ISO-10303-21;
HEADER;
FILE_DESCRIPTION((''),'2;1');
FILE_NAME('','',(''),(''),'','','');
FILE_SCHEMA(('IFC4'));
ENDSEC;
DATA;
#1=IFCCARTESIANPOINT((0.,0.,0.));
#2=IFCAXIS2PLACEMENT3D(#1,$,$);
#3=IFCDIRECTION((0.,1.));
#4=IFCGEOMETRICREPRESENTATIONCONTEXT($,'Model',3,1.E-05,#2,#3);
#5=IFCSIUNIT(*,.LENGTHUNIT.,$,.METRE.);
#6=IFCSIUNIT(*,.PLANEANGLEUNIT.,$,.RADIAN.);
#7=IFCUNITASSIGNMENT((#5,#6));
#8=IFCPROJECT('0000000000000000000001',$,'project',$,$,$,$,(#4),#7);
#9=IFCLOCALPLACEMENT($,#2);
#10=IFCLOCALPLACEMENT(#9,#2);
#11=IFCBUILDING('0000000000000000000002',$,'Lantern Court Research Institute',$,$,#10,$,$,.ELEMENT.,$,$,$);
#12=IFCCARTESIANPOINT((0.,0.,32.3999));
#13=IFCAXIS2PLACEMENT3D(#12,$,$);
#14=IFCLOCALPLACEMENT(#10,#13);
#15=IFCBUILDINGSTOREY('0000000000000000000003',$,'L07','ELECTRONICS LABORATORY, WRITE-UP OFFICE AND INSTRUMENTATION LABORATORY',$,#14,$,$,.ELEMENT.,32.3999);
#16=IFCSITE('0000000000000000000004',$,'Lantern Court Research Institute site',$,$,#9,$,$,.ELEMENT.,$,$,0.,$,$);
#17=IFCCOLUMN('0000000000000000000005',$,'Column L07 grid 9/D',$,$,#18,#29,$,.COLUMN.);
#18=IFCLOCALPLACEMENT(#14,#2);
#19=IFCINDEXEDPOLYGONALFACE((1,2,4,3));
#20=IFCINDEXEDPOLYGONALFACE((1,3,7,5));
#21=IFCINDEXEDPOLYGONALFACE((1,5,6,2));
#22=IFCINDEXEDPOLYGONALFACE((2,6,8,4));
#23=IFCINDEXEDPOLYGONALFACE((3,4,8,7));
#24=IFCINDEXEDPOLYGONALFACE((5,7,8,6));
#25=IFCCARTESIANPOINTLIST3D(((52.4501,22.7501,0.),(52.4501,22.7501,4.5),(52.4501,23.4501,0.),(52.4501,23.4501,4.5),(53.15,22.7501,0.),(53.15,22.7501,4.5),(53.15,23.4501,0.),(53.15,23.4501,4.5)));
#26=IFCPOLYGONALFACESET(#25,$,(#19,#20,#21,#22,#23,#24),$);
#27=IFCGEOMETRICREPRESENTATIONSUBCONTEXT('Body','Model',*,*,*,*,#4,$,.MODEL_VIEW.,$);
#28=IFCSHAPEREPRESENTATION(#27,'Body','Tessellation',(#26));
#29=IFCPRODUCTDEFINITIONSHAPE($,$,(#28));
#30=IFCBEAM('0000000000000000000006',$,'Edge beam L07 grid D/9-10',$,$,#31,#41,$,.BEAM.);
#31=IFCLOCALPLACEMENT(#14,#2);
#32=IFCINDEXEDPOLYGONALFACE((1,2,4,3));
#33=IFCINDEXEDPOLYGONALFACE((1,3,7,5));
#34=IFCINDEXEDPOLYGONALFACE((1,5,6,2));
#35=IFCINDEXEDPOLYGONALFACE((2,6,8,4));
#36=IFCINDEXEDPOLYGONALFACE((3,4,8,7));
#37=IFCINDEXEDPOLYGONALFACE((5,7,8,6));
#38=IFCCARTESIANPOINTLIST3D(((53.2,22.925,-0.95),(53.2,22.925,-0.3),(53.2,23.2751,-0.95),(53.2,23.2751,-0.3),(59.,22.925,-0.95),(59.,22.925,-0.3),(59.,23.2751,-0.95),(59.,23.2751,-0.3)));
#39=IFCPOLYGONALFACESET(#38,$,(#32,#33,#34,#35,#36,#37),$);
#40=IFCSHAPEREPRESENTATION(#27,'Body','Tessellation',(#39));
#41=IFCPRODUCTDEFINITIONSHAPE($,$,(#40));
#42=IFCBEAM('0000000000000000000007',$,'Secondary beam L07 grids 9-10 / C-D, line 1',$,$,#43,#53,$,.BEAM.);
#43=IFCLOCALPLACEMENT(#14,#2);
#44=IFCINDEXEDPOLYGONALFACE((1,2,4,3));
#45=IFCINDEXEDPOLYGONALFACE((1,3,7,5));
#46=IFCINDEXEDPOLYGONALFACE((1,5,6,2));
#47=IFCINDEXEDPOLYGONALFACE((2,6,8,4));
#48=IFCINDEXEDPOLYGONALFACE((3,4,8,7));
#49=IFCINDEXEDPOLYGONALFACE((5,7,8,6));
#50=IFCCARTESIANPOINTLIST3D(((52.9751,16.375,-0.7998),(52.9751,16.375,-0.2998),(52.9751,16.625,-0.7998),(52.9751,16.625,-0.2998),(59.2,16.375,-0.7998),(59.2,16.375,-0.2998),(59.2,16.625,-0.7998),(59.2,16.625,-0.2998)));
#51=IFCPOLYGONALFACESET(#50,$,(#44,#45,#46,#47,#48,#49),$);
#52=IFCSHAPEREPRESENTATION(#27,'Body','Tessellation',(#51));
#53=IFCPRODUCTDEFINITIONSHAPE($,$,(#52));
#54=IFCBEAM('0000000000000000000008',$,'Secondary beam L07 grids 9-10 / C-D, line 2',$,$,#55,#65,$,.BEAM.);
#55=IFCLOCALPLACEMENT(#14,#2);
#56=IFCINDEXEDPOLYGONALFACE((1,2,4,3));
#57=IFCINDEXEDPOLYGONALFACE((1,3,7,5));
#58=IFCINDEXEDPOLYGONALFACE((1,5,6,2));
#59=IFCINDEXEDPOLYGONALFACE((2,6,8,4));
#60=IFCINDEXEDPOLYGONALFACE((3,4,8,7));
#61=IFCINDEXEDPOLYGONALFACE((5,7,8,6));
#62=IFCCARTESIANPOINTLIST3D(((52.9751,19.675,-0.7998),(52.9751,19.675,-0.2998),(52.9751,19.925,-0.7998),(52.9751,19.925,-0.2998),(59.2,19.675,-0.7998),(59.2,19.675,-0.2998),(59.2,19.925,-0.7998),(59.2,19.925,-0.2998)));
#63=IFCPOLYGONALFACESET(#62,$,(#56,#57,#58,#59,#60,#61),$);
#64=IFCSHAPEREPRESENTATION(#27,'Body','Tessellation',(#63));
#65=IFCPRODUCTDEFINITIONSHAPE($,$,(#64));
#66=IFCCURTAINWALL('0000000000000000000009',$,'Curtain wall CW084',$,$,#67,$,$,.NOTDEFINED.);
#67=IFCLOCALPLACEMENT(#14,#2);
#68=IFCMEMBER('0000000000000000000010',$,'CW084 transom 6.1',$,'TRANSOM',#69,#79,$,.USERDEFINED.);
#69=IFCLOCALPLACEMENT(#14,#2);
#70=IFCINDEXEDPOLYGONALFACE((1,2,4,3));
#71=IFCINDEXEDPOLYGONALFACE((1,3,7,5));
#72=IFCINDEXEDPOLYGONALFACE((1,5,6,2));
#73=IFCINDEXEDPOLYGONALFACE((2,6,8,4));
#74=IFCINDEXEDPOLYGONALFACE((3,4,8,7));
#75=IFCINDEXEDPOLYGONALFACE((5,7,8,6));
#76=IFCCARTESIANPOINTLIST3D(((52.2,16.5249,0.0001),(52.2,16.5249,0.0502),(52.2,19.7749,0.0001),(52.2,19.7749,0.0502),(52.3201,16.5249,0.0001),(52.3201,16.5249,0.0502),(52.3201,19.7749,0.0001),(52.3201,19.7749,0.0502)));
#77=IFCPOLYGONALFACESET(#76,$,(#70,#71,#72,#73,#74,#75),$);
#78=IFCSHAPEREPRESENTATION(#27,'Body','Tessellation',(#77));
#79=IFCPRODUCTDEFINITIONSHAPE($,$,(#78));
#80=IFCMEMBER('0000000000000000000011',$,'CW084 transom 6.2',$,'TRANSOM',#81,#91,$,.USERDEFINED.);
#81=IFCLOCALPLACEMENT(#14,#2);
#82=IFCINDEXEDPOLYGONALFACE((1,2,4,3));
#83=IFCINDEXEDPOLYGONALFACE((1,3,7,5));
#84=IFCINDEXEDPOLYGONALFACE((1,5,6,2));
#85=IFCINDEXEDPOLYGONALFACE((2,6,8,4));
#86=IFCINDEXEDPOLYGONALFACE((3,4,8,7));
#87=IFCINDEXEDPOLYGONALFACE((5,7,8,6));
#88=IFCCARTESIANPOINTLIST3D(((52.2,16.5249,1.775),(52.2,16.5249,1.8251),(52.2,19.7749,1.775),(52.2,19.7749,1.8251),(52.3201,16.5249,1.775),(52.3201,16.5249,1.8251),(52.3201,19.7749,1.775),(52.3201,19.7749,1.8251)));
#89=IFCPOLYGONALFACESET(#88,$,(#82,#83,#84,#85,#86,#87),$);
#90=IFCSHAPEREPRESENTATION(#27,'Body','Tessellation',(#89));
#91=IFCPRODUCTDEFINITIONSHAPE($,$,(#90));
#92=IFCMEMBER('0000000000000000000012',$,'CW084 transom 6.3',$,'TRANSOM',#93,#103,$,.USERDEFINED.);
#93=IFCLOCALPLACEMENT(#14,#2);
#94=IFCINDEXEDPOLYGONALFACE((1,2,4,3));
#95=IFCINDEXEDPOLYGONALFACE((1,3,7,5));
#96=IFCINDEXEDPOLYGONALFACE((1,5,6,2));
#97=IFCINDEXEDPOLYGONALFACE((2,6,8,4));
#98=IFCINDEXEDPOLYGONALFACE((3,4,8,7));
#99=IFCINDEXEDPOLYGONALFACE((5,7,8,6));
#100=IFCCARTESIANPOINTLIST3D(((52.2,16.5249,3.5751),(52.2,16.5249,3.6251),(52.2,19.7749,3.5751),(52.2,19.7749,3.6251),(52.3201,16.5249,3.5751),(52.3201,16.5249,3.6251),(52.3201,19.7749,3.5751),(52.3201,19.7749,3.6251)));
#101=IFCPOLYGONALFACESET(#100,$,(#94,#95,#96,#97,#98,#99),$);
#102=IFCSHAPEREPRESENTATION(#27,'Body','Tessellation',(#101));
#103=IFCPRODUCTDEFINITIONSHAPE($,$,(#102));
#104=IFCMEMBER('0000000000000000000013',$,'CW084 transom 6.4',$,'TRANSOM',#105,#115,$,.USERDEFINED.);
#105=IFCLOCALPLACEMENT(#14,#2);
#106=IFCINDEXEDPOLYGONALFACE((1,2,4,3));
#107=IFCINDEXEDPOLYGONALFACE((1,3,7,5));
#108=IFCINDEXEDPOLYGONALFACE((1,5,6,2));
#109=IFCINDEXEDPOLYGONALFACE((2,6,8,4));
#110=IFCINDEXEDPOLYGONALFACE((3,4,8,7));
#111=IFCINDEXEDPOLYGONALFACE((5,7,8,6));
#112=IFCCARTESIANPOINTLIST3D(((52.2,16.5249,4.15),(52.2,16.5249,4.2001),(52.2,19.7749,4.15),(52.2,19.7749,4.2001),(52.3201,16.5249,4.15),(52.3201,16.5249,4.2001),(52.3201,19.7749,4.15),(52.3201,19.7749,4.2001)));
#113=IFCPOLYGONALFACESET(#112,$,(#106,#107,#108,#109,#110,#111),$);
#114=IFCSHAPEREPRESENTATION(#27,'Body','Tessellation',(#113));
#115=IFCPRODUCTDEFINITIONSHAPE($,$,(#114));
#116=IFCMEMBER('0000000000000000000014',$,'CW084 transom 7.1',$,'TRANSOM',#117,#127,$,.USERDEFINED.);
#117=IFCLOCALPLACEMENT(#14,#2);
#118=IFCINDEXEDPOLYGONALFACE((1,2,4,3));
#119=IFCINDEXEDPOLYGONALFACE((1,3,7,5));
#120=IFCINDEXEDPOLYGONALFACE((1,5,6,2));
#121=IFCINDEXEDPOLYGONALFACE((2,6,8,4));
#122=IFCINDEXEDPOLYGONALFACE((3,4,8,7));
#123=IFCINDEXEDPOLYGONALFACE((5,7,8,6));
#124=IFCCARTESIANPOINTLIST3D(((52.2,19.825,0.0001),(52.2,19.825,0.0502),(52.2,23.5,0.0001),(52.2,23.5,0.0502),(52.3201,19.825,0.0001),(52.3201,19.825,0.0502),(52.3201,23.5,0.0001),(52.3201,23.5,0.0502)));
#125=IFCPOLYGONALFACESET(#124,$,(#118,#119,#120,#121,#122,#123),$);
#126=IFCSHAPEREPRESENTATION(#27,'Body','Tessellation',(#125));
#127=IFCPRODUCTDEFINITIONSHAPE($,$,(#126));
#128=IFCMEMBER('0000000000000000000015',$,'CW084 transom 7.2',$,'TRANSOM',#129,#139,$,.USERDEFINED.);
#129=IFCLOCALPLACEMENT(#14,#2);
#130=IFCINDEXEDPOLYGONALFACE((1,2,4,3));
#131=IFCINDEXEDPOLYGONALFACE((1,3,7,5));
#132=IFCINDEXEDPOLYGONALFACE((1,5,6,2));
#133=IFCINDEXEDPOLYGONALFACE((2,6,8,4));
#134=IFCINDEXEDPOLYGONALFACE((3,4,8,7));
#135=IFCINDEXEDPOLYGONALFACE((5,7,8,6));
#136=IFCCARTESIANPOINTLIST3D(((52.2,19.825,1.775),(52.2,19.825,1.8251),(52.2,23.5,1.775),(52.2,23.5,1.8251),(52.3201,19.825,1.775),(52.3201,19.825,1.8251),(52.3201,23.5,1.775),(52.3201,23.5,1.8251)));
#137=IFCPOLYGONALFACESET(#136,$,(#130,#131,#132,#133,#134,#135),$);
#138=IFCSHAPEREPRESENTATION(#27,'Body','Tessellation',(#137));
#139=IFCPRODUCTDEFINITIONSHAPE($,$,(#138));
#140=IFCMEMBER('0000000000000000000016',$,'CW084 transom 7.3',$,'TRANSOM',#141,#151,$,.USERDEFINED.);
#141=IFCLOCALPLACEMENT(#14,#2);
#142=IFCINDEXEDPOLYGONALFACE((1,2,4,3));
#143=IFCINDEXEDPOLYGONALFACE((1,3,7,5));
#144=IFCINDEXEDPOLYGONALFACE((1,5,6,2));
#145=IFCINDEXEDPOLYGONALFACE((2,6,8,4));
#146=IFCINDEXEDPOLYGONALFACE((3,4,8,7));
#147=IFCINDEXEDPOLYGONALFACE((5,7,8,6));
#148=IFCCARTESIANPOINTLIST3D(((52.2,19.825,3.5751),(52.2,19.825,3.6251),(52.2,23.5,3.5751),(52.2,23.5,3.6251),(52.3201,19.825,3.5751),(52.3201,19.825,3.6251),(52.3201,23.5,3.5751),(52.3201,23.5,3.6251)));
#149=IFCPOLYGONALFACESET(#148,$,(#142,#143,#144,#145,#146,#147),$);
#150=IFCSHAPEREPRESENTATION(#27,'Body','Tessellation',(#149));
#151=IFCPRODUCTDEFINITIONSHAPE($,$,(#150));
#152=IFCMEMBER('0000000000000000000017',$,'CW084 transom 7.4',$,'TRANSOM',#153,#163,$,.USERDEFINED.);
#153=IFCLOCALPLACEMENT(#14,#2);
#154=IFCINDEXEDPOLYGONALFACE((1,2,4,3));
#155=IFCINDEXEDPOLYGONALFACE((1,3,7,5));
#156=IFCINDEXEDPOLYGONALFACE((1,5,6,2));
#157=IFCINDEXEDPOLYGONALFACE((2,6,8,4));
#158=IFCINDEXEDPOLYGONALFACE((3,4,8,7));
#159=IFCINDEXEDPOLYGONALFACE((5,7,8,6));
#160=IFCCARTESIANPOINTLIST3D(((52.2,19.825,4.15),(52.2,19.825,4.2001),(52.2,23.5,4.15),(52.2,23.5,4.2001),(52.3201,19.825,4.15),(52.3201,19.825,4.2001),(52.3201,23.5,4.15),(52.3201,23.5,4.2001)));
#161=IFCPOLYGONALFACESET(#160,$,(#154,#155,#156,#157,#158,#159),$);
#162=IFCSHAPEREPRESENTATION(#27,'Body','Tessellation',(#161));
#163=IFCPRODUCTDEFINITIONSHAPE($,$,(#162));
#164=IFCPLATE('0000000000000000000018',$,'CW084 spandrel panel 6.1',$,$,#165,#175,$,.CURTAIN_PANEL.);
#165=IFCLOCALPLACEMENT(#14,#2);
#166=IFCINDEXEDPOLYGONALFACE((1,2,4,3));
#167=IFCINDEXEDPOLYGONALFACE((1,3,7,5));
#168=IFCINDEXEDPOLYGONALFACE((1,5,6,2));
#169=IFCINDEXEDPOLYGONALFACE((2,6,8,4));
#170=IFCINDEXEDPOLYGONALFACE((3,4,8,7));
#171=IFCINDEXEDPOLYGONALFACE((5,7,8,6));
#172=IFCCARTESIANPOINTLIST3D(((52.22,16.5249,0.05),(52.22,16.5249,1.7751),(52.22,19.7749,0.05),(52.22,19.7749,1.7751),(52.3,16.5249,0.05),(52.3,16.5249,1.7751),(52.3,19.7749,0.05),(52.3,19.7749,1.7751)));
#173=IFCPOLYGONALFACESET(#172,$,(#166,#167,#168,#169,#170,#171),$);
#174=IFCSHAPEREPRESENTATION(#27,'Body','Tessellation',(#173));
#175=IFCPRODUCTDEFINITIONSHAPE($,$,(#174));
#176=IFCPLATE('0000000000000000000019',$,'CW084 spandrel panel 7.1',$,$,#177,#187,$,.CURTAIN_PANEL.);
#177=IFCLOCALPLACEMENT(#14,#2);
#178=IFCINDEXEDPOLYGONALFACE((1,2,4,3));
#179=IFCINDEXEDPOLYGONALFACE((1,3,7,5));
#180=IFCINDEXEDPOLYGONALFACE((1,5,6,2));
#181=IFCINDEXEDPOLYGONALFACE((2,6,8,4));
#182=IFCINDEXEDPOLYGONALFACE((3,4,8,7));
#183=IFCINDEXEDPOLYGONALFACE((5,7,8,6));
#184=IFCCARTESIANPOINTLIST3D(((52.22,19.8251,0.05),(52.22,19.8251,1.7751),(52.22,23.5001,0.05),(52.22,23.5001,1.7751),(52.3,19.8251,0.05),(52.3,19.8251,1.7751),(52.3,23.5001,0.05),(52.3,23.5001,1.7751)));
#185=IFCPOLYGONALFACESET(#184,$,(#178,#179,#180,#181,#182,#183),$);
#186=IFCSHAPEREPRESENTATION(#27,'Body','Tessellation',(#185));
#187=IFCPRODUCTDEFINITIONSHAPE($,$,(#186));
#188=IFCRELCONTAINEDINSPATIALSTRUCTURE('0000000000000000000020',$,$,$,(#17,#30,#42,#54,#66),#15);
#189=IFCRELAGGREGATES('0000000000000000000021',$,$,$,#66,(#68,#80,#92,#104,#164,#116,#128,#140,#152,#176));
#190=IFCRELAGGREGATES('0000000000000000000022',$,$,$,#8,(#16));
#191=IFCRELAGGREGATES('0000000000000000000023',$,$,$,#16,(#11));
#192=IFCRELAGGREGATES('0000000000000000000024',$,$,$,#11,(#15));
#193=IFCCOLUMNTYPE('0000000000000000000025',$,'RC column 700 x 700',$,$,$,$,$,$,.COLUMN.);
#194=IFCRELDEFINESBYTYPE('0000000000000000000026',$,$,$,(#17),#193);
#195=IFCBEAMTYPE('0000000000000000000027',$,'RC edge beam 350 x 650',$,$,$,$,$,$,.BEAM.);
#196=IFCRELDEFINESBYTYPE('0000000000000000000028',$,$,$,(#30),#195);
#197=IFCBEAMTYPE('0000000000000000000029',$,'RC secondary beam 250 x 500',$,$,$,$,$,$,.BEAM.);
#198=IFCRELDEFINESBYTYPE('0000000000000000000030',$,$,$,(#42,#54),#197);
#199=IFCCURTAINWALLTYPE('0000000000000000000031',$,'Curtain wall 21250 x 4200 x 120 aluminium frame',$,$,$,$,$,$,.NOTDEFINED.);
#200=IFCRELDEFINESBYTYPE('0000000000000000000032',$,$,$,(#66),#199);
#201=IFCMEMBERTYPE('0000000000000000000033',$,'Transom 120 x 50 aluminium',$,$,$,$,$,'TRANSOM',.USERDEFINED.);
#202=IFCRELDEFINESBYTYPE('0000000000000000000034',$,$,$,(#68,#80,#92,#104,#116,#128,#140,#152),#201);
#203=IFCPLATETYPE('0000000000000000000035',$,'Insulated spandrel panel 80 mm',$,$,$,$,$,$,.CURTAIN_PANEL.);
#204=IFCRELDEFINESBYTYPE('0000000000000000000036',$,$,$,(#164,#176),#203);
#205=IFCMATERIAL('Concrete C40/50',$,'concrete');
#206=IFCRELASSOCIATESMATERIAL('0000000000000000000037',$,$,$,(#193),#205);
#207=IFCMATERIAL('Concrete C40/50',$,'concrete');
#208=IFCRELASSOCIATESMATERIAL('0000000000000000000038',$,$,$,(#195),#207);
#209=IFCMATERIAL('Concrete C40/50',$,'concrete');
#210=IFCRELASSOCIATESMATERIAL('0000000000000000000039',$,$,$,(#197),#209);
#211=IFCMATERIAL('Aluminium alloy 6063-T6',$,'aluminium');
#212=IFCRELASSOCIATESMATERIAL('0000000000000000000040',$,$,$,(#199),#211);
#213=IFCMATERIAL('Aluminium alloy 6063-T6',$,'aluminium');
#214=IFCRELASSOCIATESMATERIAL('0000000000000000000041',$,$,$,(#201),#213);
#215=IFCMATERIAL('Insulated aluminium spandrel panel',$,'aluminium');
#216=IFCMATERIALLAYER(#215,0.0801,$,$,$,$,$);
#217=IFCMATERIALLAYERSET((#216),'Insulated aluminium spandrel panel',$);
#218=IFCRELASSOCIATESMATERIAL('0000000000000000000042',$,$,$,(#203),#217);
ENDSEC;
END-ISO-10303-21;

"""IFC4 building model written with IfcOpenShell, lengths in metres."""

from ifc_helpers import new_model, si_unit, direction, frame, origin, origin_2d, place, context, subcontext, project, spatial, rectangle, extrude, material, layer, layer_set, material_profile, profile_set, type_object, element, aggregate, save


model = new_model("IFC4")

# Units and contexts
model_context = context("Model", 3, precision=1e-05, world=origin(), true_north=direction((0.0, 1.0)))
body_context = subcontext(model_context, "Body", "Model", "MODEL_VIEW")
ifc_project = project(units=[si_unit("LENGTHUNIT", "METRE"), si_unit("PLANEANGLEUNIT", "RADIAN")], contexts=[model_context])

# Site, building, storey
site_placement = place(None, origin())
site = spatial("IfcSite", under=ifc_project, at=site_placement, Name="Lantern Court Research Institute site", CompositionType="ELEMENT", RefElevation=0.0)
building_placement = place(site_placement, origin())
building = spatial("IfcBuilding", under=site, at=building_placement, Name="Lantern Court Research Institute", CompositionType="ELEMENT")
storey_placement = place(building_placement, frame((0.0, 0.0, 32.3999)))
storey = spatial("IfcBuildingStorey", under=building, at=storey_placement, Name="L07", Description="ELECTRONICS LABORATORY, WRITE-UP OFFICE AND INSTRUMENTATION LABORATORY", CompositionType="ELEMENT", Elevation=32.3999)

# Column
ifc_material_1 = material(Name="Concrete C40/50", Category="concrete")
ifc_material_profile_1 = material_profile(ifc_material_1, rectangle(XDim=0.7, YDim=0.7, at=origin_2d()), Name="RC column 700 x 700")
ifc_profile_set_1 = profile_set([ifc_material_profile_1], Name="Concrete C40/50")
column_type = type_object("IfcColumnType", Name="RC column 700 x 700", PredefinedType="COLUMN", material=ifc_profile_set_1)
column_placement = place(storey_placement, frame((52.8, 23.1001, 0.0), z_axis=(0.0, 0.0, 1.0), x_axis=(1.0, 0.0, 0.0)))
element("IfcColumn", 1, at=column_placement, inside=storey, type_object=column_type, Name="Column L07 grid 9/D", PredefinedType="COLUMN", context=body_context, shape_type="SweptSolid", body=[
    extrude(rectangle(XDim=0.7, YDim=0.7, at=origin_2d()), origin(), (0.0, 0.0, 1.0), 4.5),
])

# Beams
ifc_material_2 = material(Name="Concrete C40/50", Category="concrete")
ifc_material_profile_2 = material_profile(ifc_material_2, rectangle(XDim=0.3501, YDim=0.6499, at=origin_2d()), Name="RC beam 350 x 650")
ifc_profile_set_2 = profile_set([ifc_material_profile_2], Name="Concrete C40/50")
beam_type_1 = type_object("IfcBeamType", Name="RC edge beam 350 x 650", PredefinedType="BEAM", material=ifc_profile_set_2)
beam_placement = place(storey_placement, frame((53.2, 23.1001, -0.625), z_axis=(1.0, 0.0, 0.0), x_axis=(0.0, 1.0, 0.0)))
element("IfcBeam", 2, at=beam_placement, inside=storey, type_object=beam_type_1, Name="Edge beam L07 grid D/9-10", PredefinedType="BEAM", context=body_context, shape_type="SweptSolid", body=[
    extrude(rectangle(XDim=0.3501, YDim=0.6499, at=origin_2d()), origin(), (0.0, 0.0, 1.0), 5.8),
])
ifc_material_3 = material(Name="Concrete C40/50", Category="concrete")
ifc_material_profile_3 = material_profile(ifc_material_3, rectangle(XDim=0.25, YDim=0.5, at=origin_2d()), Name="RC beam 250 x 500")
ifc_profile_set_3 = profile_set([ifc_material_profile_3], Name="Concrete C40/50")
beam_type_2 = type_object("IfcBeamType", Name="RC secondary beam 250 x 500", PredefinedType="BEAM", material=ifc_profile_set_3)
for number, where, z_axis, x_axis, name in (
    (3, (52.9751, 16.5, -0.5498), (1.0, 0.0, 0.0), (0.0, 1.0, 0.0), "Secondary beam L07 grids 9-10 / C-D, line 1"),
    (4, (52.9751, 19.8, -0.5498), (1.0, 0.0, 0.0), (0.0, 1.0, 0.0), "Secondary beam L07 grids 9-10 / C-D, line 2"),
):
    element("IfcBeam", number, at=place(storey_placement, frame(where, z_axis=z_axis, x_axis=x_axis)), inside=storey, type_object=beam_type_2, Name=name, PredefinedType="BEAM", context=body_context, shape_type="SweptSolid", body=[
        extrude(rectangle(XDim=0.25, YDim=0.5, at=origin_2d()), origin(), (0.0, 0.0, 1.0), 6.2249),
    ])

# Curtain wall, members, plates
ifc_material_4 = material(Name="Aluminium alloy 6063-T6", Category="aluminium")
curtain_wall_type = type_object("IfcCurtainWallType", Name="Curtain wall 21250 x 4200 x 120 aluminium frame", PredefinedType="NOTDEFINED", material=ifc_material_4)
curtain_wall_placement = place(storey_placement, origin())
curtain_wall = element("IfcCurtainWall", 5, at=curtain_wall_placement, inside=storey, type_object=curtain_wall_type, Name="Curtain wall CW084", PredefinedType="NOTDEFINED")
ifc_material_5 = material(Name="Aluminium alloy 6063-T6", Category="aluminium")
ifc_material_profile_4 = material_profile(ifc_material_5, rectangle(XDim=0.1201, YDim=0.05, at=origin_2d()), Name="Transom 120 x 50")
ifc_profile_set_4 = profile_set([ifc_material_profile_4], Name="Aluminium alloy 6063-T6")
member_type = type_object("IfcMemberType", Name="Transom 120 x 50 aluminium", ElementType="TRANSOM", PredefinedType="USERDEFINED", material=ifc_profile_set_4)
member_1_placement = place(storey_placement, frame((52.26, 16.5249, 0.0251), z_axis=(0.0, 1.0, 0.0), x_axis=(-1.0, 0.0, 0.0)))
member_1 = element("IfcMember", 6, at=member_1_placement, type_object=member_type, Name="CW084 transom 6.1", ObjectType="TRANSOM", PredefinedType="USERDEFINED", context=body_context, shape_type="SweptSolid", body=[
    extrude(rectangle(XDim=0.1201, YDim=0.05, at=origin_2d()), origin(), (0.0, 0.0, 1.0), 3.25),
])
member_2_placement = place(storey_placement, frame((52.26, 16.5249, 1.8), z_axis=(0.0, 1.0, 0.0), x_axis=(-1.0, 0.0, 0.0)))
member_2 = element("IfcMember", 7, at=member_2_placement, type_object=member_type, Name="CW084 transom 6.2", ObjectType="TRANSOM", PredefinedType="USERDEFINED", context=body_context, shape_type="SweptSolid", body=[
    extrude(rectangle(XDim=0.1201, YDim=0.05, at=origin_2d()), origin(), (0.0, 0.0, 1.0), 3.25),
])
member_3_placement = place(storey_placement, frame((52.26, 16.5249, 3.6001), z_axis=(0.0, 1.0, 0.0), x_axis=(-1.0, 0.0, 0.0)))
member_3 = element("IfcMember", 8, at=member_3_placement, type_object=member_type, Name="CW084 transom 6.3", ObjectType="TRANSOM", PredefinedType="USERDEFINED", context=body_context, shape_type="SweptSolid", body=[
    extrude(rectangle(XDim=0.1201, YDim=0.05, at=origin_2d()), origin(), (0.0, 0.0, 1.0), 3.25),
])
member_4_placement = place(storey_placement, frame((52.26, 16.5249, 4.175), z_axis=(0.0, 1.0, 0.0), x_axis=(-1.0, 0.0, 0.0)))
member_4 = element("IfcMember", 9, at=member_4_placement, type_object=member_type, Name="CW084 transom 6.4", ObjectType="TRANSOM", PredefinedType="USERDEFINED", context=body_context, shape_type="SweptSolid", body=[
    extrude(rectangle(XDim=0.1201, YDim=0.05, at=origin_2d()), origin(), (0.0, 0.0, 1.0), 3.25),
])
member_5_placement = place(storey_placement, frame((52.26, 19.825, 0.0251), z_axis=(0.0, 1.0, 0.0), x_axis=(-1.0, 0.0, 0.0)))
member_5 = element("IfcMember", 10, at=member_5_placement, type_object=member_type, Name="CW084 transom 7.1", ObjectType="TRANSOM", PredefinedType="USERDEFINED", context=body_context, shape_type="SweptSolid", body=[
    extrude(rectangle(XDim=0.1201, YDim=0.05, at=origin_2d()), origin(), (0.0, 0.0, 1.0), 3.675),
])
member_6_placement = place(storey_placement, frame((52.26, 19.825, 1.8), z_axis=(0.0, 1.0, 0.0), x_axis=(-1.0, 0.0, 0.0)))
member_6 = element("IfcMember", 11, at=member_6_placement, type_object=member_type, Name="CW084 transom 7.2", ObjectType="TRANSOM", PredefinedType="USERDEFINED", context=body_context, shape_type="SweptSolid", body=[
    extrude(rectangle(XDim=0.1201, YDim=0.05, at=origin_2d()), origin(), (0.0, 0.0, 1.0), 3.675),
])
member_7_placement = place(storey_placement, frame((52.26, 19.825, 3.6001), z_axis=(0.0, 1.0, 0.0), x_axis=(-1.0, 0.0, 0.0)))
member_7 = element("IfcMember", 12, at=member_7_placement, type_object=member_type, Name="CW084 transom 7.3", ObjectType="TRANSOM", PredefinedType="USERDEFINED", context=body_context, shape_type="SweptSolid", body=[
    extrude(rectangle(XDim=0.1201, YDim=0.05, at=origin_2d()), origin(), (0.0, 0.0, 1.0), 3.675),
])
member_8_placement = place(storey_placement, frame((52.26, 19.825, 4.175), z_axis=(0.0, 1.0, 0.0), x_axis=(-1.0, 0.0, 0.0)))
member_8 = element("IfcMember", 13, at=member_8_placement, type_object=member_type, Name="CW084 transom 7.4", ObjectType="TRANSOM", PredefinedType="USERDEFINED", context=body_context, shape_type="SweptSolid", body=[
    extrude(rectangle(XDim=0.1201, YDim=0.05, at=origin_2d()), origin(), (0.0, 0.0, 1.0), 3.675),
])
ifc_material_6 = material(Name="Insulated aluminium spandrel panel", Category="aluminium")
ifc_layer_1 = layer(ifc_material_6, 0.0801)
ifc_layer_set_1 = layer_set([ifc_layer_1], Name="Insulated aluminium spandrel panel")
plate_type_1 = type_object("IfcPlateType", Name="Insulated spandrel panel 80 mm", PredefinedType="CURTAIN_PANEL", material=ifc_layer_set_1)
plate_1_placement = place(storey_placement, frame((52.26, 18.1499, 0.05), z_axis=(0.0, 0.0, 1.0), x_axis=(0.0, 1.0, 0.0)))
plate_1 = element("IfcPlate", 14, at=plate_1_placement, type_object=plate_type_1, Name="CW084 spandrel panel 6.1", PredefinedType="CURTAIN_PANEL", context=body_context, shape_type="SweptSolid", body=[
    extrude(rectangle(XDim=3.25, YDim=0.0801, at=origin_2d()), origin(), (0.0, 0.0, 1.0), 1.7251),
])
plate_2_placement = place(storey_placement, frame((52.26, 21.6626, 0.05), z_axis=(0.0, 0.0, 1.0), x_axis=(0.0, 1.0, 0.0)))
plate_2 = element("IfcPlate", 15, at=plate_2_placement, type_object=plate_type_1, Name="CW084 spandrel panel 7.1", PredefinedType="CURTAIN_PANEL", context=body_context, shape_type="SweptSolid", body=[
    extrude(rectangle(XDim=3.675, YDim=0.0801, at=origin_2d()), origin(), (0.0, 0.0, 1.0), 1.7251),
])
aggregate(curtain_wall, [member_1, member_2, member_3, member_4, plate_1, member_5, member_6, member_7, member_8, plate_2])

save(model, "model.ifc")
